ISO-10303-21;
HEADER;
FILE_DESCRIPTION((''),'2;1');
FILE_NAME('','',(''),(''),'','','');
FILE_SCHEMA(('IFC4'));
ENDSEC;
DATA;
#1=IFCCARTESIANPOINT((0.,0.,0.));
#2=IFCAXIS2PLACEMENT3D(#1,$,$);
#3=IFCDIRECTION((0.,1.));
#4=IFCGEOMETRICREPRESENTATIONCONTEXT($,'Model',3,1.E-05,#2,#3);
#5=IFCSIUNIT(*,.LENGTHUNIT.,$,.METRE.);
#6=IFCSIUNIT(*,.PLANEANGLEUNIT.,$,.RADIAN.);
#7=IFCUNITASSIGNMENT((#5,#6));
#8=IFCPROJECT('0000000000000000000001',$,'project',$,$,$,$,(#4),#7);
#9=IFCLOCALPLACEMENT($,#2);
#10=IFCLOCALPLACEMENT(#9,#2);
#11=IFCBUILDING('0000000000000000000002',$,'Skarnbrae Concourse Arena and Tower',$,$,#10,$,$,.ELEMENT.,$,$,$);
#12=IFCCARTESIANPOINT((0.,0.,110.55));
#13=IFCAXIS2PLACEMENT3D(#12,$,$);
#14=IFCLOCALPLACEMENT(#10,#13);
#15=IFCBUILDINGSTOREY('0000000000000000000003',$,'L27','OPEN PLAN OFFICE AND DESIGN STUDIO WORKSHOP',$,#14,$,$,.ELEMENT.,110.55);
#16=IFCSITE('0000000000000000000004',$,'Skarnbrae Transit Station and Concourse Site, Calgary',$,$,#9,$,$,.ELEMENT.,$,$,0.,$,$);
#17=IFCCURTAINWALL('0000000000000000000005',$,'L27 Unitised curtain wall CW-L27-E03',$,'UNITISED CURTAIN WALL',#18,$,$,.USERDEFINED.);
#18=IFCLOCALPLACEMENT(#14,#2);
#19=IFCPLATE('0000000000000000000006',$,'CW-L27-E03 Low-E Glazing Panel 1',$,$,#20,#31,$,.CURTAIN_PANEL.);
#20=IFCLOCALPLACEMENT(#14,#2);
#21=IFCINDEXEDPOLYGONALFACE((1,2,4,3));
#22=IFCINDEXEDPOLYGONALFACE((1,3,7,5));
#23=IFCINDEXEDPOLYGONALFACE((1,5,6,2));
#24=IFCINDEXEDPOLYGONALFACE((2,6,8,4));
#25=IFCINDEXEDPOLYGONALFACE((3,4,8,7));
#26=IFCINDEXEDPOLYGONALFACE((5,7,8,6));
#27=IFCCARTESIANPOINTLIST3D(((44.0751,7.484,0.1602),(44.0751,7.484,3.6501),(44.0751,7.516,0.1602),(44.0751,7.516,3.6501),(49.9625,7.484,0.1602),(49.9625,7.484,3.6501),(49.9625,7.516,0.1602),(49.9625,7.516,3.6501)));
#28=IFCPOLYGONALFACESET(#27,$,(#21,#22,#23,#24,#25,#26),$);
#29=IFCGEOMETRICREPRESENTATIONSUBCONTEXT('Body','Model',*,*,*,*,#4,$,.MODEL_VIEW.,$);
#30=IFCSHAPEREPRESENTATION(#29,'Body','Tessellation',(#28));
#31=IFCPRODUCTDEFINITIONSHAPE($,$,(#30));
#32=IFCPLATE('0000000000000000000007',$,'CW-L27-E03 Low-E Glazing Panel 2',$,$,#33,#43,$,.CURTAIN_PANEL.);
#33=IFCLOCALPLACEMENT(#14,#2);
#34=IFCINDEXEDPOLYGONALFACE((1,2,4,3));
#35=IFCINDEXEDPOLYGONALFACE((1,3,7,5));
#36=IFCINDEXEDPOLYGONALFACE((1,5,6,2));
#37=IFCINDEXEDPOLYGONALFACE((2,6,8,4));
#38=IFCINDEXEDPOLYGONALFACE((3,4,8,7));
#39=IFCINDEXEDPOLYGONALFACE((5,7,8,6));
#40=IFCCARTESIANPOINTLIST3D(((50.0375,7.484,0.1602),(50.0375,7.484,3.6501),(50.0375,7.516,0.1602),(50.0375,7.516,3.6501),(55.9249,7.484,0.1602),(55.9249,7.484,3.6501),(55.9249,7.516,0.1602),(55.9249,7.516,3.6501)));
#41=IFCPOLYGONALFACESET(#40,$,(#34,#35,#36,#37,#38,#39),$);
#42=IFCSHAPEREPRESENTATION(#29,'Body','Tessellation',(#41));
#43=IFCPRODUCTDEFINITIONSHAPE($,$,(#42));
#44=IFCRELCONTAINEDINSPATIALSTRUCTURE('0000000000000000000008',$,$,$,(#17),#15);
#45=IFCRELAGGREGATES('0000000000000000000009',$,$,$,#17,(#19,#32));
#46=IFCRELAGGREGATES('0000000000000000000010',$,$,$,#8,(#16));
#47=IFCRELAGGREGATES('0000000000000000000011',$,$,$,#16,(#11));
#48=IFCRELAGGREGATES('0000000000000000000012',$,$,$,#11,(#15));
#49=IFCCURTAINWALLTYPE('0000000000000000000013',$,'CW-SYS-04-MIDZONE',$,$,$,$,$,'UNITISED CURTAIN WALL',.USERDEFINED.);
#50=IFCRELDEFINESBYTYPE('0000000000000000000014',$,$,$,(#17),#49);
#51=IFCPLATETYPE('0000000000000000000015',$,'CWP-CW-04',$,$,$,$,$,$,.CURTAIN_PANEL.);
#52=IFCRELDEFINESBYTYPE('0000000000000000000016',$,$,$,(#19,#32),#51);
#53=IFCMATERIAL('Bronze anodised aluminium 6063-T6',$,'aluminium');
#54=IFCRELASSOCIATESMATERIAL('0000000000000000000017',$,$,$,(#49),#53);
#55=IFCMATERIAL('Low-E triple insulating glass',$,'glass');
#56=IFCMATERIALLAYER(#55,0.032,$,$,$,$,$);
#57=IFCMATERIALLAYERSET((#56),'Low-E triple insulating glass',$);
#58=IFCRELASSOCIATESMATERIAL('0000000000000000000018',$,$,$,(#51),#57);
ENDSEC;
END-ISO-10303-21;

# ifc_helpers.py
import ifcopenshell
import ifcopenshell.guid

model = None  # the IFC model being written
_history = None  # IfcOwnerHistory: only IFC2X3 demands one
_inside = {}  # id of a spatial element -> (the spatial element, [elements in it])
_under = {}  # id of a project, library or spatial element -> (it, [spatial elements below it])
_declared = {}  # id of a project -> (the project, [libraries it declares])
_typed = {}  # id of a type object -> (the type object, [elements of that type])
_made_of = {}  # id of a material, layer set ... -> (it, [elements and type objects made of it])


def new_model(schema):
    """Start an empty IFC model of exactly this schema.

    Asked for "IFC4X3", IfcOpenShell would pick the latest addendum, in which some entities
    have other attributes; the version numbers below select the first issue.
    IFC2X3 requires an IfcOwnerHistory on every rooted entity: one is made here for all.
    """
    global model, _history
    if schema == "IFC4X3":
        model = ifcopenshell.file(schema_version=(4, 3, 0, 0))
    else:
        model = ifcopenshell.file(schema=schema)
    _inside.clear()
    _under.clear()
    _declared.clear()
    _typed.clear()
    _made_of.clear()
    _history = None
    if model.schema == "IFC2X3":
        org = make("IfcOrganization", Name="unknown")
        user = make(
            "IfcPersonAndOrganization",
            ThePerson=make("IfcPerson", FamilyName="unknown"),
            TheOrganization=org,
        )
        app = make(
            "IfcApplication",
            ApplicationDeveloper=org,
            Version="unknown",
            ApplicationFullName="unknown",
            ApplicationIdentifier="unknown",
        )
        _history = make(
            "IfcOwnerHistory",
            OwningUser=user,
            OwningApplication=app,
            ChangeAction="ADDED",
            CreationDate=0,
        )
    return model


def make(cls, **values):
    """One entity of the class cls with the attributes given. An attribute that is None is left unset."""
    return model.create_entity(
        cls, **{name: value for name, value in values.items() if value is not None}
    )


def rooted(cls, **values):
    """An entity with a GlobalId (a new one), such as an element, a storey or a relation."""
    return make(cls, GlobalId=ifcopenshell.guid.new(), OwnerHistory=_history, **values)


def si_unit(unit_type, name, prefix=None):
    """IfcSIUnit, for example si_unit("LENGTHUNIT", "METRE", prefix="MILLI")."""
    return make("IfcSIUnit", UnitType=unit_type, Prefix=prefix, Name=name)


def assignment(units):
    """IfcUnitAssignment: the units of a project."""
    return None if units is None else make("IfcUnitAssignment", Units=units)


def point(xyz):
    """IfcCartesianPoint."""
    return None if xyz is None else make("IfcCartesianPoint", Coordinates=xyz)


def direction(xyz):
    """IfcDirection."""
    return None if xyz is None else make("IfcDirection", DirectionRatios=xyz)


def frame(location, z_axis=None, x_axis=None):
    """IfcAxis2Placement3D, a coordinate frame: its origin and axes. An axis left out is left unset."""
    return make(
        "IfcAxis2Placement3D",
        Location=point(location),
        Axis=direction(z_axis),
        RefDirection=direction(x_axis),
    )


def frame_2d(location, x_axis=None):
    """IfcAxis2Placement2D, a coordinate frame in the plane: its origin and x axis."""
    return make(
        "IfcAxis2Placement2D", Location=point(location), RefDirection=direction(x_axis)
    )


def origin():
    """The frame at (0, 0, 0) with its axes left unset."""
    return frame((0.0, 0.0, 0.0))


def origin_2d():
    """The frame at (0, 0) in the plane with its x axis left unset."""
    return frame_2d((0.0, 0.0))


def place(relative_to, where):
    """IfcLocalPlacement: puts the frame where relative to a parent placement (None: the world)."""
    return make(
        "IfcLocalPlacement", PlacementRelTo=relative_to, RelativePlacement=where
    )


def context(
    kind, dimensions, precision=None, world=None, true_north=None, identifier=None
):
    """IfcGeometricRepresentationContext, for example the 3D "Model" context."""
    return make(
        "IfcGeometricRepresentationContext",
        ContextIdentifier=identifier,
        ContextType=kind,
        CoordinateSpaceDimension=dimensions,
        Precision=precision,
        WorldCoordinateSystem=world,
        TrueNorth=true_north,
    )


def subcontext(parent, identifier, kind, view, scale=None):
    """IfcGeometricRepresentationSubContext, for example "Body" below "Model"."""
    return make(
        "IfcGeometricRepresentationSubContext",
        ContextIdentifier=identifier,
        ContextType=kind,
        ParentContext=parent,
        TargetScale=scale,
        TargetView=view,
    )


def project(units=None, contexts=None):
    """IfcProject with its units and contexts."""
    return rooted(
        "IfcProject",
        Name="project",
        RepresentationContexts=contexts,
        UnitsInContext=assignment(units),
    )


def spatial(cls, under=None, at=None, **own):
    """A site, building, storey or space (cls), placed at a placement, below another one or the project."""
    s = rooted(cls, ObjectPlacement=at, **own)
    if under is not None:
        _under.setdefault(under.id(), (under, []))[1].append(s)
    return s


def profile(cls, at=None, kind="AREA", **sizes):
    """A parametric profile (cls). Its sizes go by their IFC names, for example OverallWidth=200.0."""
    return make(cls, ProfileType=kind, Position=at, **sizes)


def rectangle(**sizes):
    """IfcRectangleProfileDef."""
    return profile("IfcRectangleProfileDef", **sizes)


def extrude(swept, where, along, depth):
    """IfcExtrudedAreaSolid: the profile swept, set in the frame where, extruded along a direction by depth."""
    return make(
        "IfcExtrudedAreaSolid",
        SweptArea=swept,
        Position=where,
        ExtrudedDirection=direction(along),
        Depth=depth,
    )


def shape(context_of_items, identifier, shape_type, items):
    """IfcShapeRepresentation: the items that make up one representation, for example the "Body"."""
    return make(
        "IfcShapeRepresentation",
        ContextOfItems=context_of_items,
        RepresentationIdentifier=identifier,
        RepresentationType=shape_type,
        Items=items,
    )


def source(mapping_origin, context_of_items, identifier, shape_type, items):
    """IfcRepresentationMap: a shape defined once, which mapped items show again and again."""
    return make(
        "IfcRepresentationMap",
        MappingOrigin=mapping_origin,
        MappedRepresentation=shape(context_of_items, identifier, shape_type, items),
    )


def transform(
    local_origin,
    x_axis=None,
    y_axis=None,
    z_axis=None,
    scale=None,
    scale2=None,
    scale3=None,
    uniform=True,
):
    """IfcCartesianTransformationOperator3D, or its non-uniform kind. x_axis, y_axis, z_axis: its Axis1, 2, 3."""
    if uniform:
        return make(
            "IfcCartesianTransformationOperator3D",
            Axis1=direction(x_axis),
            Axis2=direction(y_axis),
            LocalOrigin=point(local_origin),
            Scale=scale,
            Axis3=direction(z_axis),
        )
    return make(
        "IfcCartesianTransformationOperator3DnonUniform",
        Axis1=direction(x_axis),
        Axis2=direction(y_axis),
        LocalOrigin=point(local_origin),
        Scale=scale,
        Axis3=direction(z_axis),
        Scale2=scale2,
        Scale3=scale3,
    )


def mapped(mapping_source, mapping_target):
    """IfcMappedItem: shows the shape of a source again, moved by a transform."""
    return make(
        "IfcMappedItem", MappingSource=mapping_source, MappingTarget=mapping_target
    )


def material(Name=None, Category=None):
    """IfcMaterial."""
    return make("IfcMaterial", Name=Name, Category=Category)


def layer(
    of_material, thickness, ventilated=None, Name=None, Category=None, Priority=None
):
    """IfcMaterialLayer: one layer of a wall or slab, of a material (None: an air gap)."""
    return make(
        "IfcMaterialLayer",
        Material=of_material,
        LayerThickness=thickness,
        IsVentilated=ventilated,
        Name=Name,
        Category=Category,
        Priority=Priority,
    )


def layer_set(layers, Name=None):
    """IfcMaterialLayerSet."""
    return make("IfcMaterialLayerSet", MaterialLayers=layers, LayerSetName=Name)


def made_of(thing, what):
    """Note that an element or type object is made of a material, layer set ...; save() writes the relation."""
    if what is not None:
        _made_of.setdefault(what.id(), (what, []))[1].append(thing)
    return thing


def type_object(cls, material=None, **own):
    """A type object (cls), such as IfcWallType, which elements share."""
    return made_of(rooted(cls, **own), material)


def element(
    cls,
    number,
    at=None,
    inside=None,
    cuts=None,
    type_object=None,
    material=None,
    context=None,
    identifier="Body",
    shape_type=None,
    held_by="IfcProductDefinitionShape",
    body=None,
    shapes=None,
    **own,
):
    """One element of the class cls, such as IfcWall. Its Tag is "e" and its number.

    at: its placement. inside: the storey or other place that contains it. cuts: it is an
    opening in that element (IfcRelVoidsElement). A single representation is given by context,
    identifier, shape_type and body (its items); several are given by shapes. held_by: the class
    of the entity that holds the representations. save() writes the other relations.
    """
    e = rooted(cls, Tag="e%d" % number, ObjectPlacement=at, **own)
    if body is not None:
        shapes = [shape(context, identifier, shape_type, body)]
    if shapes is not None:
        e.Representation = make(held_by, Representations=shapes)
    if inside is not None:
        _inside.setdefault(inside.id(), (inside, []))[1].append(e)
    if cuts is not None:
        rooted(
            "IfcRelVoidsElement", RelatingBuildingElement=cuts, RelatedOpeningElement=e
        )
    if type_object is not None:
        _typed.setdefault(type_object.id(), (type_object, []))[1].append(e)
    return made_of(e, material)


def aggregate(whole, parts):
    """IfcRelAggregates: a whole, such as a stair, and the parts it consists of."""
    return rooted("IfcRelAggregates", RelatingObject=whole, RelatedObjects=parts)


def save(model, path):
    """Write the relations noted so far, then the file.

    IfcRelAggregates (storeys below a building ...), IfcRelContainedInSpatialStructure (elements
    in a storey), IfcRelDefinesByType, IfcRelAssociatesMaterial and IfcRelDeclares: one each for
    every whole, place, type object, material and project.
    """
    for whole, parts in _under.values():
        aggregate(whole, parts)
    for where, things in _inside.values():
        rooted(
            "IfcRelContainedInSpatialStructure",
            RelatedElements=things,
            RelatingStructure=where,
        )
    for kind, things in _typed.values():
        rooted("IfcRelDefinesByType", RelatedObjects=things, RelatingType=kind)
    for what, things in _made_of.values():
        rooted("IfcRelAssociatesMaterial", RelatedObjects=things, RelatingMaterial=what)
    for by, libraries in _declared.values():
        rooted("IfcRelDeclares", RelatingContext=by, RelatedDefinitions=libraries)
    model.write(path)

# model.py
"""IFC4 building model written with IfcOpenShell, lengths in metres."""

from ifc_helpers import new_model, si_unit, direction, frame, origin, origin_2d, place, context, subcontext, project, spatial, rectangle, extrude, source, transform, mapped, material, layer, layer_set, type_object, element, aggregate, save


model = new_model("IFC4")

# Units and contexts
model_context = context("Model", 3, precision=1e-05, world=origin(), true_north=direction((0.0, 1.0)))
body_context = subcontext(model_context, "Body", "Model", "MODEL_VIEW")
ifc_project = project(units=[si_unit("LENGTHUNIT", "METRE"), si_unit("PLANEANGLEUNIT", "RADIAN")], contexts=[model_context])

# Site, building, storey
site_placement = place(None, origin())
site = spatial("IfcSite", under=ifc_project, at=site_placement, Name="Skarnbrae Transit Station and Concourse Site, Calgary", CompositionType="ELEMENT", RefElevation=0.0)
building_placement = place(site_placement, origin())
building = spatial("IfcBuilding", under=site, at=building_placement, Name="Skarnbrae Concourse Arena and Tower", CompositionType="ELEMENT")
storey_placement = place(building_placement, frame((0.0, 0.0, 110.55)))
storey = spatial("IfcBuildingStorey", under=building, at=storey_placement, Name="L27", Description="OPEN PLAN OFFICE AND DESIGN STUDIO WORKSHOP", CompositionType="ELEMENT", Elevation=110.55)

# Curtain wall
ifc_material_1 = material(Name="Bronze anodised aluminium 6063-T6", Category="aluminium")
curtain_wall_type = type_object("IfcCurtainWallType", Name="CW-SYS-04-MIDZONE", ElementType="UNITISED CURTAIN WALL", PredefinedType="USERDEFINED", material=ifc_material_1)
curtain_wall_1_placement = place(storey_placement, origin())
curtain_wall_1 = element("IfcCurtainWall", 1, at=curtain_wall_1_placement, inside=storey, type_object=curtain_wall_type, Name="L27 Unitised curtain wall CW-L27-E03", ObjectType="UNITISED CURTAIN WALL", PredefinedType="USERDEFINED")

# Plates
ifc_material_2 = material(Name="Low-E triple insulating glass", Category="glass")
ifc_layer = layer(ifc_material_2, 0.032)
ifc_layer_set = layer_set([ifc_layer], Name="Low-E triple insulating glass")
plate_type = type_object("IfcPlateType", Name="CWP-CW-04", PredefinedType="CURTAIN_PANEL", material=ifc_layer_set)
shared_shape_1 = source(origin(), body_context, "Body", "SweptSolid", [
    extrude(rectangle(XDim=5.8875, YDim=0.032, at=origin_2d()), origin(), (0.0, 0.0, 1.0), 3.49),
])
plate_1_placement = place(storey_placement, frame((47.0188, 7.5, 0.1602), z_axis=(0.0, 0.0, 1.0), x_axis=(1.0, 0.0, 0.0)))
plate_1 = element("IfcPlate", 2, at=plate_1_placement, type_object=plate_type, Name="CW-L27-E03 Low-E Glazing Panel 1", PredefinedType="CURTAIN_PANEL", context=body_context, shape_type="MappedRepresentation", body=[
    mapped(shared_shape_1, transform((0.0, 0.0, 0.0))),
])
plate_2_placement = place(storey_placement, frame((52.9812, 7.5, 0.1602), z_axis=(0.0, 0.0, 1.0), x_axis=(1.0, 0.0, 0.0)))
plate_2 = element("IfcPlate", 3, at=plate_2_placement, type_object=plate_type, Name="CW-L27-E03 Low-E Glazing Panel 2", PredefinedType="CURTAIN_PANEL", context=body_context, shape_type="MappedRepresentation", body=[
    mapped(shared_shape_1, transform((0.0, 0.0, 0.0))),
])
aggregate(curtain_wall_1, [plate_1, plate_2])

save(model, "model.ifc")
